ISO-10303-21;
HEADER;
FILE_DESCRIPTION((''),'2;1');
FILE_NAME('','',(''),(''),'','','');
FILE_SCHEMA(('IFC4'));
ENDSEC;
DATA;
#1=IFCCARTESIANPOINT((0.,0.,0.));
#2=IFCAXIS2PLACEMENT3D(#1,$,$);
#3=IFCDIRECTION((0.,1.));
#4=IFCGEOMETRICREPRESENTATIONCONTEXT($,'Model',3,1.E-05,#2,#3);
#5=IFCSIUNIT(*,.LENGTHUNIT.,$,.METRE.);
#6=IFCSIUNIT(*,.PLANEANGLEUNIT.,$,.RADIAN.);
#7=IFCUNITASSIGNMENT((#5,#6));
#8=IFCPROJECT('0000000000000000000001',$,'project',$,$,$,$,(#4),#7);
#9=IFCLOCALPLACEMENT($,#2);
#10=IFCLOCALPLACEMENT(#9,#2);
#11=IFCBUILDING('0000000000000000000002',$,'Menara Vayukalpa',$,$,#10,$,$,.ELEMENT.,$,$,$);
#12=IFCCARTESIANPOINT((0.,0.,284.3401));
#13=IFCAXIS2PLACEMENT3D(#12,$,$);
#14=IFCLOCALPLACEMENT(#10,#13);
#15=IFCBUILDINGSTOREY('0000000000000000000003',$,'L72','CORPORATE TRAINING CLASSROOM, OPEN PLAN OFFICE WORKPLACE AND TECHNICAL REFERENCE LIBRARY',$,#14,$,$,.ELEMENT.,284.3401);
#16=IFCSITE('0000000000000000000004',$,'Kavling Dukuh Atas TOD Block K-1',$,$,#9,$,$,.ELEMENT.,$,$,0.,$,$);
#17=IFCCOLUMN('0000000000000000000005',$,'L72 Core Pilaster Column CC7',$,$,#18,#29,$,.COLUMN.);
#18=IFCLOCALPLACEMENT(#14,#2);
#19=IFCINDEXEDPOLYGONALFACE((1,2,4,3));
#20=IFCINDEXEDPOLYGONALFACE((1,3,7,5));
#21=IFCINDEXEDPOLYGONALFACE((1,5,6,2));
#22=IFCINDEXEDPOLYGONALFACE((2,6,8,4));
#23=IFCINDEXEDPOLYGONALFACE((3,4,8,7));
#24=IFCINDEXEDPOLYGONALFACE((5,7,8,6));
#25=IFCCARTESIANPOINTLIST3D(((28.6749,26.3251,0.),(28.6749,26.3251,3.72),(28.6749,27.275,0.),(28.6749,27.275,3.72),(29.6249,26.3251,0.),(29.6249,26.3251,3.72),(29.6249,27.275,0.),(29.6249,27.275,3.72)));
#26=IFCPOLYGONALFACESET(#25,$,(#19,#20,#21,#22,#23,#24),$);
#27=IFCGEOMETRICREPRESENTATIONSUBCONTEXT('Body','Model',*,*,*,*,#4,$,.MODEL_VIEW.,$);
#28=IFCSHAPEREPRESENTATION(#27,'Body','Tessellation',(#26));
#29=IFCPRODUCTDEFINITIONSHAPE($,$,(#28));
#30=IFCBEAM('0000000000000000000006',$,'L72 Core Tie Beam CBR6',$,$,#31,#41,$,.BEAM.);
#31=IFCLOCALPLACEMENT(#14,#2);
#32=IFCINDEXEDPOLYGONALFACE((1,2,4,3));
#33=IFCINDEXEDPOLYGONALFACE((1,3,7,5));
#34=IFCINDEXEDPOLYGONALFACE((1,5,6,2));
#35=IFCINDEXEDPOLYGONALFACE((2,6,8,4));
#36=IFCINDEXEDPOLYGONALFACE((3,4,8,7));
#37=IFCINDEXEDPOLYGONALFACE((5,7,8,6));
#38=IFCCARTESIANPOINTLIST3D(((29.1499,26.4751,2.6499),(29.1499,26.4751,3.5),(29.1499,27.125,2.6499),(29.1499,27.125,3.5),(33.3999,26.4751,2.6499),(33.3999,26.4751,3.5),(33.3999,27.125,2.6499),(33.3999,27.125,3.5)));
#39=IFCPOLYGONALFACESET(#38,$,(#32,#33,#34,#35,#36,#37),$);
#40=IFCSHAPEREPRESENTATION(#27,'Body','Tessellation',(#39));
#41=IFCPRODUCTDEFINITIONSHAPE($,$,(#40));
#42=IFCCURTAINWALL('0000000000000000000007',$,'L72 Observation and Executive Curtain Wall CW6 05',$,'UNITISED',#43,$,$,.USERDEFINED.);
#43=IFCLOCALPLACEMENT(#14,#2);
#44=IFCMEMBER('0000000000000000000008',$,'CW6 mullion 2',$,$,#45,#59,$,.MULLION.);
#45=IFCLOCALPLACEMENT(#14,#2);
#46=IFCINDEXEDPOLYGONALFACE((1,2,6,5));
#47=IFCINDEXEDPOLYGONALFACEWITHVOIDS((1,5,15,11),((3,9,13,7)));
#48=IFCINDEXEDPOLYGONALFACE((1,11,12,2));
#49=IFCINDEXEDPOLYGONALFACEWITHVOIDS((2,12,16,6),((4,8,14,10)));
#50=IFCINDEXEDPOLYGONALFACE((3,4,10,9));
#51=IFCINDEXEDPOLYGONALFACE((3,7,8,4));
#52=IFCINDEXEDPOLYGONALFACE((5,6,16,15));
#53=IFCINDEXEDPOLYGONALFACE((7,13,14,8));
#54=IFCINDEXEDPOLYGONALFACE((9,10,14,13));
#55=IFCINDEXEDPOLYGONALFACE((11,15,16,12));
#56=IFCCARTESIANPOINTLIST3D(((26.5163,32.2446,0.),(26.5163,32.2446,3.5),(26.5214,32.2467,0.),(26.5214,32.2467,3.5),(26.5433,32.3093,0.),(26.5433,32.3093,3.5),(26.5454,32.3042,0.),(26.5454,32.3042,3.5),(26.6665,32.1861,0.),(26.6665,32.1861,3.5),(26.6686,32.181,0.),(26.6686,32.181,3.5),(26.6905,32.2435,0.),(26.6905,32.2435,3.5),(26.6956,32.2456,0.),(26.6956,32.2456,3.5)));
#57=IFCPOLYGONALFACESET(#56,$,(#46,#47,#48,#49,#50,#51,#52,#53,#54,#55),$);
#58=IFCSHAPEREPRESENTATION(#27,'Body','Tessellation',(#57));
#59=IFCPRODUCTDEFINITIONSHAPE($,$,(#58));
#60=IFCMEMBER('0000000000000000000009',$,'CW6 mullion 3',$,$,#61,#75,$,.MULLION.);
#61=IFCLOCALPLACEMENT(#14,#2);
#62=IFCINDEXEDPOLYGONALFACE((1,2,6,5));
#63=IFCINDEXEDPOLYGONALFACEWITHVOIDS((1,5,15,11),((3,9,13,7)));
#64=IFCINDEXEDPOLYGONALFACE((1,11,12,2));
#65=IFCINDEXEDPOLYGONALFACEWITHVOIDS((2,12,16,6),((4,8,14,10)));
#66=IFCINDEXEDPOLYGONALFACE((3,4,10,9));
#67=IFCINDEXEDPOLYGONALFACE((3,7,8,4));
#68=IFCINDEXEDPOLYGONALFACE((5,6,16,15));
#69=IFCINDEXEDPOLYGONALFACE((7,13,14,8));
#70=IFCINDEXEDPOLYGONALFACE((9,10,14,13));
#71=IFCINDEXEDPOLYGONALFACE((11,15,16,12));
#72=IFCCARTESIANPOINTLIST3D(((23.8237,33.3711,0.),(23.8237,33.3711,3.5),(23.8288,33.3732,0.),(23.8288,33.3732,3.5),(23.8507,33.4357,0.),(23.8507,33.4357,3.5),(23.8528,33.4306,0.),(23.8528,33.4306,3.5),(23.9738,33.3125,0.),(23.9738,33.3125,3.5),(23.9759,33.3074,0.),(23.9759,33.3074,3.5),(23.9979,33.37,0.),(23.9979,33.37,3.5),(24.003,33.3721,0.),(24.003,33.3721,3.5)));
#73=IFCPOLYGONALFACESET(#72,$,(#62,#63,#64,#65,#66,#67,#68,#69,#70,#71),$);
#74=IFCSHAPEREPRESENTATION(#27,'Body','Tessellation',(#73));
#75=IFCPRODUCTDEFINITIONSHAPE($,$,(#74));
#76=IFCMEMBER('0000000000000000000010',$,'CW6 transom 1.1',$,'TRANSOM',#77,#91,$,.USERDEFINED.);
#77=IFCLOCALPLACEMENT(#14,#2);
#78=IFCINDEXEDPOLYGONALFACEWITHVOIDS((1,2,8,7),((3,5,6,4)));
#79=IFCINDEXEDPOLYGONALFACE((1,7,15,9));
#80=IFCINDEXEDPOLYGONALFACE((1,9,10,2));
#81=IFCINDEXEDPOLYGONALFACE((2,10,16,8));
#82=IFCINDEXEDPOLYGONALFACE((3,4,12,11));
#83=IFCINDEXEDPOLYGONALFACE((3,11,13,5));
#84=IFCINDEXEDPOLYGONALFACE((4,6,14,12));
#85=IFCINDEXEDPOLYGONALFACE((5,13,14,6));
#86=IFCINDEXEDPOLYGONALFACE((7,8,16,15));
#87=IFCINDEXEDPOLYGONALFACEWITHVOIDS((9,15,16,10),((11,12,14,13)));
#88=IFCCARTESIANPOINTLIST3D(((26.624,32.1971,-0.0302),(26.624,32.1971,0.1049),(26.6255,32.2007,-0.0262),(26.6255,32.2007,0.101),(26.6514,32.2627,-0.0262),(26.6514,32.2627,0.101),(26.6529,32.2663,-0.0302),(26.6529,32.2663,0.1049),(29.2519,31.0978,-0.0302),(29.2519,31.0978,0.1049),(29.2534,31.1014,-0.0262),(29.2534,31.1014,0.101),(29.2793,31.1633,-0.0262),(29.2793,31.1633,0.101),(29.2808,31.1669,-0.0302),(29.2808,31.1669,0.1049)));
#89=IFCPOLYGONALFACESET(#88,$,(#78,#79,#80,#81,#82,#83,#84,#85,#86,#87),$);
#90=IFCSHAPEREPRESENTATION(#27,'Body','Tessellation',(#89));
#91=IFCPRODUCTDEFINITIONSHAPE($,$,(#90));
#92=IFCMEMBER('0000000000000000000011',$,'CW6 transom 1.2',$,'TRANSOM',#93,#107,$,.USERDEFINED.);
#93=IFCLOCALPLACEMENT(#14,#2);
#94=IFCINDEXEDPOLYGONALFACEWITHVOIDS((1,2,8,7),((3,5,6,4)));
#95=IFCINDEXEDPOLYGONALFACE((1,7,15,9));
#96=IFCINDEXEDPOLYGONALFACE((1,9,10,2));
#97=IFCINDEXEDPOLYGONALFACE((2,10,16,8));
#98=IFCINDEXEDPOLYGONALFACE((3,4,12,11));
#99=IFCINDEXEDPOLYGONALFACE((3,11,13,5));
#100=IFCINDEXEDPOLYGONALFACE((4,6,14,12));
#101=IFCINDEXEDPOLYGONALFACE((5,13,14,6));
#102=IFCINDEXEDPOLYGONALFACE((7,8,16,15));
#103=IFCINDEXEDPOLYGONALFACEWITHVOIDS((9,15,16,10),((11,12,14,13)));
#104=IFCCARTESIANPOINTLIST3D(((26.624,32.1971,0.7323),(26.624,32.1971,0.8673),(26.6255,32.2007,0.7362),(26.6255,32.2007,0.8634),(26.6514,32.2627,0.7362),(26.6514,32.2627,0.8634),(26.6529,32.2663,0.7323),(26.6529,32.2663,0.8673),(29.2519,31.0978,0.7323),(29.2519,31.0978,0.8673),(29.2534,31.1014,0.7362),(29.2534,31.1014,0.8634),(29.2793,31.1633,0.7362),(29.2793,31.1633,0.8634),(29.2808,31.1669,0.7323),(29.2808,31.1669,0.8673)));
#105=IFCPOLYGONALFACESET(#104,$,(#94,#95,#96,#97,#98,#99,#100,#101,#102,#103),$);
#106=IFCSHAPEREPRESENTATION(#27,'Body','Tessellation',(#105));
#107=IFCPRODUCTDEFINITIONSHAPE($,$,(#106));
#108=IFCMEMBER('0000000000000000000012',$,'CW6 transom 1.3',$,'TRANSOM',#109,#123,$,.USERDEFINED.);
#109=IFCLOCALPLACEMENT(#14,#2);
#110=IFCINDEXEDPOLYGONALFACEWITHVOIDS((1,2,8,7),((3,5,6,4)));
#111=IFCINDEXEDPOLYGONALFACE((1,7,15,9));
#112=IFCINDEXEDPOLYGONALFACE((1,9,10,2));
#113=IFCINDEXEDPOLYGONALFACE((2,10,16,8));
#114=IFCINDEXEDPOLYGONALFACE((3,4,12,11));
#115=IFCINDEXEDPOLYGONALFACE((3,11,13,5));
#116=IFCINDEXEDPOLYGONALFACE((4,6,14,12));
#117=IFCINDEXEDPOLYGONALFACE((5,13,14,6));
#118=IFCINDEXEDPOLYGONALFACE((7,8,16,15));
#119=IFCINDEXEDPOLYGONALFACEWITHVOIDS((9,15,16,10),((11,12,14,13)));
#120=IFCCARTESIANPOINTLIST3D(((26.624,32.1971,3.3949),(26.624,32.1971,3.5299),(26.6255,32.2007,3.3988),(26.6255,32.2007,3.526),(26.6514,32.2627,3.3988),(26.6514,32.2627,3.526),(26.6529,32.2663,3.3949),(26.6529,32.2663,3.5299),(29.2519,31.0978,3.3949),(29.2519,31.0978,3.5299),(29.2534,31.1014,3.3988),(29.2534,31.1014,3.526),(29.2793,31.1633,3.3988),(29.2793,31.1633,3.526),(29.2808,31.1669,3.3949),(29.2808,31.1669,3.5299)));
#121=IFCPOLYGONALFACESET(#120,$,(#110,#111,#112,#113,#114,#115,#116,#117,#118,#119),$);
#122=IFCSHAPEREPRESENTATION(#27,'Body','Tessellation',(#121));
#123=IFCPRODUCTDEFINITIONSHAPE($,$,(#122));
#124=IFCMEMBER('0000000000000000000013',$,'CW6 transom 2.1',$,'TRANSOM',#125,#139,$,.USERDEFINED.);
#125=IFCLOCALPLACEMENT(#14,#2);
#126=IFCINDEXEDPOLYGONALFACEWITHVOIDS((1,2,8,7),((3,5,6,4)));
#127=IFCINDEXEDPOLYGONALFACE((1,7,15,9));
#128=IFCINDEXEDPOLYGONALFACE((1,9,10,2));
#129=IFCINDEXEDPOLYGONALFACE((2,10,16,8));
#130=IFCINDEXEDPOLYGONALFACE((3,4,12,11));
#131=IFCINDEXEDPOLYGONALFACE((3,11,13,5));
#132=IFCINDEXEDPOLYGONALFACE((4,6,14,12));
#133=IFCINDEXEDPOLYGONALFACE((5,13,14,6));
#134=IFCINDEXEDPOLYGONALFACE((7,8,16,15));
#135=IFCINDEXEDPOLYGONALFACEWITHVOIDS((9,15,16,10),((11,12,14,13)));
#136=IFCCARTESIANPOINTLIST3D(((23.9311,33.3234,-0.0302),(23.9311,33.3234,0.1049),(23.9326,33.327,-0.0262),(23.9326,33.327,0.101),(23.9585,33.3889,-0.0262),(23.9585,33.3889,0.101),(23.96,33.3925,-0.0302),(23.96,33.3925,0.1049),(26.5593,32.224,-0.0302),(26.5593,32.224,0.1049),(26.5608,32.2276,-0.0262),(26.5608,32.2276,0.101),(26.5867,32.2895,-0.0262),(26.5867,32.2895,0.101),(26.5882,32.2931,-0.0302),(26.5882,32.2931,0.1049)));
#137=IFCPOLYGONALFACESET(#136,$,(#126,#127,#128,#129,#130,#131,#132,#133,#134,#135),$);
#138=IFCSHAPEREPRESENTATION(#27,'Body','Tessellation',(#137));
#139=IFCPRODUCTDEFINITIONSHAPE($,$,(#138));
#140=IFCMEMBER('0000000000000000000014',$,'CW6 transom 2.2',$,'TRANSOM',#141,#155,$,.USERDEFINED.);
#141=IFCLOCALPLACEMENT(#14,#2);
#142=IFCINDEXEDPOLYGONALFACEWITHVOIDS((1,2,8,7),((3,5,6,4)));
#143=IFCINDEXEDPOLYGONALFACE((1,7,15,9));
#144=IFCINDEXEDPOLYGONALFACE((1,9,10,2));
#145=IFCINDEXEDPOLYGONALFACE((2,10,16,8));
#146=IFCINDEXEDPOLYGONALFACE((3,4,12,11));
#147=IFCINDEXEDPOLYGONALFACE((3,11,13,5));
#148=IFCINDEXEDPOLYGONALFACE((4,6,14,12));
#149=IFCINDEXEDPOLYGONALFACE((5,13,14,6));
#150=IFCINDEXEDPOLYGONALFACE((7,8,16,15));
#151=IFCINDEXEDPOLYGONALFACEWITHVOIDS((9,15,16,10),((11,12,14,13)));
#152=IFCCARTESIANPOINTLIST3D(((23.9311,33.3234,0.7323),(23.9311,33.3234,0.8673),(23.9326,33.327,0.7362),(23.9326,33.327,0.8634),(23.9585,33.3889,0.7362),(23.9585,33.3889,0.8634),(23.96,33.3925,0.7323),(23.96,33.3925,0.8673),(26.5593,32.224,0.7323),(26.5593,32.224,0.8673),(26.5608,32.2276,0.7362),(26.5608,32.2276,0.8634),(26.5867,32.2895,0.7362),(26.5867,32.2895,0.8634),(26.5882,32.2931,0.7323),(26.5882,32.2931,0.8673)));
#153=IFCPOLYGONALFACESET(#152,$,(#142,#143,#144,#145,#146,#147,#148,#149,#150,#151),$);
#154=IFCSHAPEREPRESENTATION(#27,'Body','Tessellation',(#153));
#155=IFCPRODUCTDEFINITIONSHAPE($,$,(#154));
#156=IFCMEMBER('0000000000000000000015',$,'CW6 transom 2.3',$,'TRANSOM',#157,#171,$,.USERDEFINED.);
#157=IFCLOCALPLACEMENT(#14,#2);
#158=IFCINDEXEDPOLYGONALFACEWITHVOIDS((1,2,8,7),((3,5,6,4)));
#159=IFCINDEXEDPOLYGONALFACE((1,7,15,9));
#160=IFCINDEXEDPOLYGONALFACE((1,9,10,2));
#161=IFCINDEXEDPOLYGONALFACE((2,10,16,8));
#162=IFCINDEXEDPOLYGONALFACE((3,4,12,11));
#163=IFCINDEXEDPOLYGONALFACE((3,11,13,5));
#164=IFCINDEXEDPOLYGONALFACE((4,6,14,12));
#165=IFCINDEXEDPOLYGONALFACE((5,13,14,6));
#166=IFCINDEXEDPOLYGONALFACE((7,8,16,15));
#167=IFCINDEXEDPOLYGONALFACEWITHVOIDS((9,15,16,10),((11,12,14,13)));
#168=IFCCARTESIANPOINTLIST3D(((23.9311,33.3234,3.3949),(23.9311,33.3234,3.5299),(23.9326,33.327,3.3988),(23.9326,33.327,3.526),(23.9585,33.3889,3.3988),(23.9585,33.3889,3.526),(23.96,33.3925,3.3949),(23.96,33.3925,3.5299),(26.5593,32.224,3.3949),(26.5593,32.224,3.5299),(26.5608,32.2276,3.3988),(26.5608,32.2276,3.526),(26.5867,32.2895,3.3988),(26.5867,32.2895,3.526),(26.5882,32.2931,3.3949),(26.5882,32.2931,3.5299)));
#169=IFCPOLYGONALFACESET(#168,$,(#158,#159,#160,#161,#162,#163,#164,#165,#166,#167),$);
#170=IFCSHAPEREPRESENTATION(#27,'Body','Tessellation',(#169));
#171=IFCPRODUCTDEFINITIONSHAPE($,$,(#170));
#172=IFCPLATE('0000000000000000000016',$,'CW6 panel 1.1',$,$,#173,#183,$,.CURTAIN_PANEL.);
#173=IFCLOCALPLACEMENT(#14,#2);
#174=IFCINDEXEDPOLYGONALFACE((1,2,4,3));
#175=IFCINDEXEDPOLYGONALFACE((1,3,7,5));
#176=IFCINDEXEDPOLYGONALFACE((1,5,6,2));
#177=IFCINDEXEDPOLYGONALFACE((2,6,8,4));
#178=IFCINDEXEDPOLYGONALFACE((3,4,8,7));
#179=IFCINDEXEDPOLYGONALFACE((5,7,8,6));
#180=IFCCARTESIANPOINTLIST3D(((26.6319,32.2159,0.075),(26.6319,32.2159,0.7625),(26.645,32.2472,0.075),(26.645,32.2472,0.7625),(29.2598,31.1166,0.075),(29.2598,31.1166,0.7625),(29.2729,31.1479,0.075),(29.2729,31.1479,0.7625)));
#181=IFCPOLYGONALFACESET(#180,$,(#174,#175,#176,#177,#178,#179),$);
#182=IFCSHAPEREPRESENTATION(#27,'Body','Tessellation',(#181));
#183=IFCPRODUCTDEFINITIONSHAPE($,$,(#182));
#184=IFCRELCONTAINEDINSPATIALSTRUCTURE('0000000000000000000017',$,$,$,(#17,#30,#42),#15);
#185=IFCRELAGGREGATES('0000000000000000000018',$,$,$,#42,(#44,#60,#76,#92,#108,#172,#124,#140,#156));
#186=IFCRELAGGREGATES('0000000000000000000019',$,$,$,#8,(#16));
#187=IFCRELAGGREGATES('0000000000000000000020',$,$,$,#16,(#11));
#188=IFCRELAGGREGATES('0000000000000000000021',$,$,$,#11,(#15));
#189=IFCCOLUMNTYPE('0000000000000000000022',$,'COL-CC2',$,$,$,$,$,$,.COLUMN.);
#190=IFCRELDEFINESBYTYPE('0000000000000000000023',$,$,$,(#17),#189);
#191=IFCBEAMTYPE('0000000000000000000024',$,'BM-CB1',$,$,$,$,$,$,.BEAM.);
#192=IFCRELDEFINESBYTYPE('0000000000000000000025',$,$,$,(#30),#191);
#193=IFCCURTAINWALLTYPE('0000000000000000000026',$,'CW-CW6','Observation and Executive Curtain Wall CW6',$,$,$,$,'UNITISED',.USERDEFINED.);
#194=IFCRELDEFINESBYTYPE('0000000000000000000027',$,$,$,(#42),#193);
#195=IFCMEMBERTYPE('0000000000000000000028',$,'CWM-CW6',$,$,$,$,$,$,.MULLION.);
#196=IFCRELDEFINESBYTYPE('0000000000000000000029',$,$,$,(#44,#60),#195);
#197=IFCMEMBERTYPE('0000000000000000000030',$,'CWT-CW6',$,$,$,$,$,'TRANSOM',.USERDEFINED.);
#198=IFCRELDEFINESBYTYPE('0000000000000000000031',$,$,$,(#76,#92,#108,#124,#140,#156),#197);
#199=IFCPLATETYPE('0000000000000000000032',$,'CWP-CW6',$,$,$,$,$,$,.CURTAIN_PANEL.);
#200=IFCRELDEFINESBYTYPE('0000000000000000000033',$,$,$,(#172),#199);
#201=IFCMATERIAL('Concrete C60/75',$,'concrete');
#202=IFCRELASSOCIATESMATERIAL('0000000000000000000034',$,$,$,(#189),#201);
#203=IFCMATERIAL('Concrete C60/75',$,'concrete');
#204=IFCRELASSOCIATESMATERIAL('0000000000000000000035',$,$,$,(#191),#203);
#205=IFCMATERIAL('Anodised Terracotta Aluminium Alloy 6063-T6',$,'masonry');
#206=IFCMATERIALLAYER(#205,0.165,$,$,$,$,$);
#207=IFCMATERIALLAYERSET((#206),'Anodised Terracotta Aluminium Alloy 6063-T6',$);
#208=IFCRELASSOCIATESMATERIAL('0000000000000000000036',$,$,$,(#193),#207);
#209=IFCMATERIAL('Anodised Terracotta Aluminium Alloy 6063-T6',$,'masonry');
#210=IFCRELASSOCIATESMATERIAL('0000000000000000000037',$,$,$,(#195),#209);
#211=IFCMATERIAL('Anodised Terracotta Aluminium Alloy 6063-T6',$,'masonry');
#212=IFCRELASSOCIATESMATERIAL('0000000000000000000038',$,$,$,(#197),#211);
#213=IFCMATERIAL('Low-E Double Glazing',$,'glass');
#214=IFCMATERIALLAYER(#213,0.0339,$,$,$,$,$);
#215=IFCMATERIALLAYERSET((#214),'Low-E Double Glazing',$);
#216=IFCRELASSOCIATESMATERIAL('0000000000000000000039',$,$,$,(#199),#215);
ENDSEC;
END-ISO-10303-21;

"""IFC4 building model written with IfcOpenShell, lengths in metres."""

from ifc_helpers import new_model, si_unit, direction, frame, origin, origin_2d, place, context, subcontext, project, spatial, rectangle, hollow_rectangle, extrude, material, layer, layer_set, material_profile, profile_set, type_object, element, aggregate, save


model = new_model("IFC4")

# Units and contexts
model_context = context("Model", 3, precision=1e-05, world=origin(), true_north=direction((0.0, 1.0)))
body_context = subcontext(model_context, "Body", "Model", "MODEL_VIEW")
ifc_project = project(units=[si_unit("LENGTHUNIT", "METRE"), si_unit("PLANEANGLEUNIT", "RADIAN")], contexts=[model_context])

# Site, building, storey
site_placement = place(None, origin())
site = spatial("IfcSite", under=ifc_project, at=site_placement, Name="Kavling Dukuh Atas TOD Block K-1", CompositionType="ELEMENT", RefElevation=0.0)
building_placement = place(site_placement, origin())
building = spatial("IfcBuilding", under=site, at=building_placement, Name="Menara Vayukalpa", CompositionType="ELEMENT")
storey_placement = place(building_placement, frame((0.0, 0.0, 284.3401)))
storey = spatial("IfcBuildingStorey", under=building, at=storey_placement, Name="L72", Description="CORPORATE TRAINING CLASSROOM, OPEN PLAN OFFICE WORKPLACE AND TECHNICAL REFERENCE LIBRARY", CompositionType="ELEMENT", Elevation=284.3401)

# Column
ifc_material_1 = material(Name="Concrete C60/75", Category="concrete")
ifc_material_profile_1 = material_profile(ifc_material_1, rectangle(XDim=0.95, YDim=0.95, at=origin_2d()), Name="RC 950x950")
ifc_profile_set_1 = profile_set([ifc_material_profile_1], Name="Concrete C60/75")
column_type = type_object("IfcColumnType", Name="COL-CC2", PredefinedType="COLUMN", material=ifc_profile_set_1)
column_placement = place(storey_placement, frame((29.1499, 26.8, 0.0), z_axis=(0.0, 0.0, 1.0), x_axis=(1.0, 0.0, 0.0)))
element("IfcColumn", 1, at=column_placement, inside=storey, type_object=column_type, Name="L72 Core Pilaster Column CC7", PredefinedType="COLUMN", context=body_context, shape_type="SweptSolid", body=[
    extrude(rectangle(XDim=0.95, YDim=0.95, at=origin_2d()), origin(), (0.0, 0.0, 1.0), 3.72),
])

# Beam
ifc_material_2 = material(Name="Concrete C60/75", Category="concrete")
ifc_material_profile_2 = material_profile(ifc_material_2, rectangle(XDim=0.6499, YDim=0.8501, at=origin_2d()), Name="RC 650x850")
ifc_profile_set_2 = profile_set([ifc_material_profile_2], Name="Concrete C60/75")
beam_type = type_object("IfcBeamType", Name="BM-CB1", PredefinedType="BEAM", material=ifc_profile_set_2)
beam_placement = place(storey_placement, frame((29.1499, 26.8, 3.075), z_axis=(1.0, 0.0, 0.0), x_axis=(0.0, 1.0, 0.0)))
element("IfcBeam", 2, at=beam_placement, inside=storey, type_object=beam_type, Name="L72 Core Tie Beam CBR6", PredefinedType="BEAM", context=body_context, shape_type="SweptSolid", body=[
    extrude(rectangle(XDim=0.6499, YDim=0.8501, at=origin_2d()), origin(), (0.0, 0.0, 1.0), 4.25),
])

# Curtain wall, members, plate
ifc_material_3 = material(Name="Anodised Terracotta Aluminium Alloy 6063-T6", Category="masonry")
ifc_layer_1 = layer(ifc_material_3, 0.165)
ifc_layer_set_1 = layer_set([ifc_layer_1], Name="Anodised Terracotta Aluminium Alloy 6063-T6")
curtain_wall_type = type_object("IfcCurtainWallType", Name="CW-CW6", Description="Observation and Executive Curtain Wall CW6", ElementType="UNITISED", PredefinedType="USERDEFINED", material=ifc_layer_set_1)
curtain_wall_placement = place(storey_placement, origin())
curtain_wall = element("IfcCurtainWall", 3, at=curtain_wall_placement, inside=storey, type_object=curtain_wall_type, Name="L72 Observation and Executive Curtain Wall CW6 05", ObjectType="UNITISED", PredefinedType="USERDEFINED")
ifc_material_4 = material(Name="Anodised Terracotta Aluminium Alloy 6063-T6", Category="masonry")
ifc_material_profile_3 = material_profile(ifc_material_4, hollow_rectangle(XDim=0.0701, YDim=0.165, WallThickness=0.0039, at=origin_2d()), Name="ALU 70x165x4")
ifc_profile_set_3 = profile_set([ifc_material_profile_3], Name="Anodised Terracotta Aluminium Alloy 6063-T6")
member_type_1 = type_object("IfcMemberType", Name="CWM-CW6", PredefinedType="MULLION", material=ifc_profile_set_3)
member_1_placement = place(storey_placement, frame((26.606, 32.2451, 0.0), z_axis=(0.0, 0.0, 1.0), x_axis=(-0.3859, -0.922541, 0.0)))
member_1 = element("IfcMember", 4, at=member_1_placement, type_object=member_type_1, Name="CW6 mullion 2", PredefinedType="MULLION", context=body_context, shape_type="SweptSolid", body=[
    extrude(hollow_rectangle(XDim=0.0701, YDim=0.165, WallThickness=0.0039, at=origin_2d()), origin(), (0.0, 0.0, 1.0), 3.5),
])
member_2_placement = place(storey_placement, frame((23.9133, 33.3716, 0.0), z_axis=(0.0, 0.0, 1.0), x_axis=(-0.3859, -0.922541, 0.0)))
member_2 = element("IfcMember", 5, at=member_2_placement, type_object=member_type_1, Name="CW6 mullion 3", PredefinedType="MULLION", context=body_context, shape_type="SweptSolid", body=[
    extrude(hollow_rectangle(XDim=0.0701, YDim=0.165, WallThickness=0.0039, at=origin_2d()), origin(), (0.0, 0.0, 1.0), 3.5),
])
ifc_material_5 = material(Name="Anodised Terracotta Aluminium Alloy 6063-T6", Category="masonry")
ifc_material_profile_4 = material_profile(ifc_material_5, hollow_rectangle(XDim=0.075, YDim=0.135, WallThickness=0.0039, at=origin_2d()), Name="ALU 75x135x4")
ifc_profile_set_4 = profile_set([ifc_material_profile_4], Name="Anodised Terracotta Aluminium Alloy 6063-T6")
member_type_2 = type_object("IfcMemberType", Name="CWT-CW6", ElementType="TRANSOM", PredefinedType="USERDEFINED", material=ifc_profile_set_4)
member_3_placement = place(storey_placement, frame((29.2664, 31.1323, 0.0374), z_axis=(-0.922528, 0.385929, 0.0), x_axis=(-0.385929, -0.922528, 0.0)))
member_3 = element("IfcMember", 6, at=member_3_placement, type_object=member_type_2, Name="CW6 transom 1.1", ObjectType="TRANSOM", PredefinedType="USERDEFINED", context=body_context, shape_type="SweptSolid", body=[
    extrude(hollow_rectangle(XDim=0.075, YDim=0.135, WallThickness=0.0039, at=origin_2d()), origin(), (0.0, 0.0, 1.0), 2.8486),
])
member_4_placement = place(storey_placement, frame((29.2664, 31.1323, 0.7998), z_axis=(-0.922528, 0.385929, 0.0), x_axis=(-0.385929, -0.922528, 0.0)))
member_4 = element("IfcMember", 7, at=member_4_placement, type_object=member_type_2, Name="CW6 transom 1.2", ObjectType="TRANSOM", PredefinedType="USERDEFINED", context=body_context, shape_type="SweptSolid", body=[
    extrude(hollow_rectangle(XDim=0.075, YDim=0.135, WallThickness=0.0039, at=origin_2d()), origin(), (0.0, 0.0, 1.0), 2.8486),
])
member_5_placement = place(storey_placement, frame((29.2664, 31.1323, 3.4624), z_axis=(-0.922528, 0.385929, 0.0), x_axis=(-0.385929, -0.922528, 0.0)))
member_5 = element("IfcMember", 8, at=member_5_placement, type_object=member_type_2, Name="CW6 transom 1.3", ObjectType="TRANSOM", PredefinedType="USERDEFINED", context=body_context, shape_type="SweptSolid", body=[
    extrude(hollow_rectangle(XDim=0.075, YDim=0.135, WallThickness=0.0039, at=origin_2d()), origin(), (0.0, 0.0, 1.0), 2.8486),
])
member_6_placement = place(storey_placement, frame((26.5737, 32.2585, 0.0374), z_axis=(-0.922541, 0.385899, 0.0), x_axis=(-0.385899, -0.922541, 0.0)))
member_6 = element("IfcMember", 9, at=member_6_placement, type_object=member_type_2, Name="CW6 transom 2.1", ObjectType="TRANSOM", PredefinedType="USERDEFINED", context=body_context, shape_type="SweptSolid", body=[
    extrude(hollow_rectangle(XDim=0.075, YDim=0.135, WallThickness=0.0039, at=origin_2d()), origin(), (0.0, 0.0, 1.0), 2.8489),
])
member_7_placement = place(storey_placement, frame((26.5737, 32.2585, 0.7998), z_axis=(-0.922541, 0.385899, 0.0), x_axis=(-0.385899, -0.922541, 0.0)))
member_7 = element("IfcMember", 10, at=member_7_placement, type_object=member_type_2, Name="CW6 transom 2.2", ObjectType="TRANSOM", PredefinedType="USERDEFINED", context=body_context, shape_type="SweptSolid", body=[
    extrude(hollow_rectangle(XDim=0.075, YDim=0.135, WallThickness=0.0039, at=origin_2d()), origin(), (0.0, 0.0, 1.0), 2.8489),
])
member_8_placement = place(storey_placement, frame((26.5737, 32.2585, 3.4624), z_axis=(-0.922541, 0.385899, 0.0), x_axis=(-0.385899, -0.922541, 0.0)))
member_8 = element("IfcMember", 11, at=member_8_placement, type_object=member_type_2, Name="CW6 transom 2.3", ObjectType="TRANSOM", PredefinedType="USERDEFINED", context=body_context, shape_type="SweptSolid", body=[
    extrude(hollow_rectangle(XDim=0.075, YDim=0.135, WallThickness=0.0039, at=origin_2d()), origin(), (0.0, 0.0, 1.0), 2.8489),
])
ifc_material_6 = material(Name="Low-E Double Glazing", Category="glass")
ifc_layer_2 = layer(ifc_material_6, 0.0339)
ifc_layer_set_2 = layer_set([ifc_layer_2], Name="Low-E Double Glazing")
plate_type = type_object("IfcPlateType", Name="CWP-CW6", PredefinedType="CURTAIN_PANEL", material=ifc_layer_set_2)
plate_1_placement = place(storey_placement, frame((27.9524, 31.6819, 0.075), z_axis=(0.0, 0.0, 1.0), x_axis=(-0.922541, 0.3859, 0.0)))
plate_1 = element("IfcPlate", 12, at=plate_1_placement, type_object=plate_type, Name="CW6 panel 1.1", PredefinedType="CURTAIN_PANEL", context=body_context, shape_type="SweptSolid", body=[
    extrude(rectangle(XDim=2.8486, YDim=0.0339, at=origin_2d()), origin(), (0.0, 0.0, 1.0), 0.6875),
])
aggregate(curtain_wall, [member_1, member_2, member_3, member_4, member_5, plate_1, member_6, member_7, member_8])

save(model, "model.ifc")
